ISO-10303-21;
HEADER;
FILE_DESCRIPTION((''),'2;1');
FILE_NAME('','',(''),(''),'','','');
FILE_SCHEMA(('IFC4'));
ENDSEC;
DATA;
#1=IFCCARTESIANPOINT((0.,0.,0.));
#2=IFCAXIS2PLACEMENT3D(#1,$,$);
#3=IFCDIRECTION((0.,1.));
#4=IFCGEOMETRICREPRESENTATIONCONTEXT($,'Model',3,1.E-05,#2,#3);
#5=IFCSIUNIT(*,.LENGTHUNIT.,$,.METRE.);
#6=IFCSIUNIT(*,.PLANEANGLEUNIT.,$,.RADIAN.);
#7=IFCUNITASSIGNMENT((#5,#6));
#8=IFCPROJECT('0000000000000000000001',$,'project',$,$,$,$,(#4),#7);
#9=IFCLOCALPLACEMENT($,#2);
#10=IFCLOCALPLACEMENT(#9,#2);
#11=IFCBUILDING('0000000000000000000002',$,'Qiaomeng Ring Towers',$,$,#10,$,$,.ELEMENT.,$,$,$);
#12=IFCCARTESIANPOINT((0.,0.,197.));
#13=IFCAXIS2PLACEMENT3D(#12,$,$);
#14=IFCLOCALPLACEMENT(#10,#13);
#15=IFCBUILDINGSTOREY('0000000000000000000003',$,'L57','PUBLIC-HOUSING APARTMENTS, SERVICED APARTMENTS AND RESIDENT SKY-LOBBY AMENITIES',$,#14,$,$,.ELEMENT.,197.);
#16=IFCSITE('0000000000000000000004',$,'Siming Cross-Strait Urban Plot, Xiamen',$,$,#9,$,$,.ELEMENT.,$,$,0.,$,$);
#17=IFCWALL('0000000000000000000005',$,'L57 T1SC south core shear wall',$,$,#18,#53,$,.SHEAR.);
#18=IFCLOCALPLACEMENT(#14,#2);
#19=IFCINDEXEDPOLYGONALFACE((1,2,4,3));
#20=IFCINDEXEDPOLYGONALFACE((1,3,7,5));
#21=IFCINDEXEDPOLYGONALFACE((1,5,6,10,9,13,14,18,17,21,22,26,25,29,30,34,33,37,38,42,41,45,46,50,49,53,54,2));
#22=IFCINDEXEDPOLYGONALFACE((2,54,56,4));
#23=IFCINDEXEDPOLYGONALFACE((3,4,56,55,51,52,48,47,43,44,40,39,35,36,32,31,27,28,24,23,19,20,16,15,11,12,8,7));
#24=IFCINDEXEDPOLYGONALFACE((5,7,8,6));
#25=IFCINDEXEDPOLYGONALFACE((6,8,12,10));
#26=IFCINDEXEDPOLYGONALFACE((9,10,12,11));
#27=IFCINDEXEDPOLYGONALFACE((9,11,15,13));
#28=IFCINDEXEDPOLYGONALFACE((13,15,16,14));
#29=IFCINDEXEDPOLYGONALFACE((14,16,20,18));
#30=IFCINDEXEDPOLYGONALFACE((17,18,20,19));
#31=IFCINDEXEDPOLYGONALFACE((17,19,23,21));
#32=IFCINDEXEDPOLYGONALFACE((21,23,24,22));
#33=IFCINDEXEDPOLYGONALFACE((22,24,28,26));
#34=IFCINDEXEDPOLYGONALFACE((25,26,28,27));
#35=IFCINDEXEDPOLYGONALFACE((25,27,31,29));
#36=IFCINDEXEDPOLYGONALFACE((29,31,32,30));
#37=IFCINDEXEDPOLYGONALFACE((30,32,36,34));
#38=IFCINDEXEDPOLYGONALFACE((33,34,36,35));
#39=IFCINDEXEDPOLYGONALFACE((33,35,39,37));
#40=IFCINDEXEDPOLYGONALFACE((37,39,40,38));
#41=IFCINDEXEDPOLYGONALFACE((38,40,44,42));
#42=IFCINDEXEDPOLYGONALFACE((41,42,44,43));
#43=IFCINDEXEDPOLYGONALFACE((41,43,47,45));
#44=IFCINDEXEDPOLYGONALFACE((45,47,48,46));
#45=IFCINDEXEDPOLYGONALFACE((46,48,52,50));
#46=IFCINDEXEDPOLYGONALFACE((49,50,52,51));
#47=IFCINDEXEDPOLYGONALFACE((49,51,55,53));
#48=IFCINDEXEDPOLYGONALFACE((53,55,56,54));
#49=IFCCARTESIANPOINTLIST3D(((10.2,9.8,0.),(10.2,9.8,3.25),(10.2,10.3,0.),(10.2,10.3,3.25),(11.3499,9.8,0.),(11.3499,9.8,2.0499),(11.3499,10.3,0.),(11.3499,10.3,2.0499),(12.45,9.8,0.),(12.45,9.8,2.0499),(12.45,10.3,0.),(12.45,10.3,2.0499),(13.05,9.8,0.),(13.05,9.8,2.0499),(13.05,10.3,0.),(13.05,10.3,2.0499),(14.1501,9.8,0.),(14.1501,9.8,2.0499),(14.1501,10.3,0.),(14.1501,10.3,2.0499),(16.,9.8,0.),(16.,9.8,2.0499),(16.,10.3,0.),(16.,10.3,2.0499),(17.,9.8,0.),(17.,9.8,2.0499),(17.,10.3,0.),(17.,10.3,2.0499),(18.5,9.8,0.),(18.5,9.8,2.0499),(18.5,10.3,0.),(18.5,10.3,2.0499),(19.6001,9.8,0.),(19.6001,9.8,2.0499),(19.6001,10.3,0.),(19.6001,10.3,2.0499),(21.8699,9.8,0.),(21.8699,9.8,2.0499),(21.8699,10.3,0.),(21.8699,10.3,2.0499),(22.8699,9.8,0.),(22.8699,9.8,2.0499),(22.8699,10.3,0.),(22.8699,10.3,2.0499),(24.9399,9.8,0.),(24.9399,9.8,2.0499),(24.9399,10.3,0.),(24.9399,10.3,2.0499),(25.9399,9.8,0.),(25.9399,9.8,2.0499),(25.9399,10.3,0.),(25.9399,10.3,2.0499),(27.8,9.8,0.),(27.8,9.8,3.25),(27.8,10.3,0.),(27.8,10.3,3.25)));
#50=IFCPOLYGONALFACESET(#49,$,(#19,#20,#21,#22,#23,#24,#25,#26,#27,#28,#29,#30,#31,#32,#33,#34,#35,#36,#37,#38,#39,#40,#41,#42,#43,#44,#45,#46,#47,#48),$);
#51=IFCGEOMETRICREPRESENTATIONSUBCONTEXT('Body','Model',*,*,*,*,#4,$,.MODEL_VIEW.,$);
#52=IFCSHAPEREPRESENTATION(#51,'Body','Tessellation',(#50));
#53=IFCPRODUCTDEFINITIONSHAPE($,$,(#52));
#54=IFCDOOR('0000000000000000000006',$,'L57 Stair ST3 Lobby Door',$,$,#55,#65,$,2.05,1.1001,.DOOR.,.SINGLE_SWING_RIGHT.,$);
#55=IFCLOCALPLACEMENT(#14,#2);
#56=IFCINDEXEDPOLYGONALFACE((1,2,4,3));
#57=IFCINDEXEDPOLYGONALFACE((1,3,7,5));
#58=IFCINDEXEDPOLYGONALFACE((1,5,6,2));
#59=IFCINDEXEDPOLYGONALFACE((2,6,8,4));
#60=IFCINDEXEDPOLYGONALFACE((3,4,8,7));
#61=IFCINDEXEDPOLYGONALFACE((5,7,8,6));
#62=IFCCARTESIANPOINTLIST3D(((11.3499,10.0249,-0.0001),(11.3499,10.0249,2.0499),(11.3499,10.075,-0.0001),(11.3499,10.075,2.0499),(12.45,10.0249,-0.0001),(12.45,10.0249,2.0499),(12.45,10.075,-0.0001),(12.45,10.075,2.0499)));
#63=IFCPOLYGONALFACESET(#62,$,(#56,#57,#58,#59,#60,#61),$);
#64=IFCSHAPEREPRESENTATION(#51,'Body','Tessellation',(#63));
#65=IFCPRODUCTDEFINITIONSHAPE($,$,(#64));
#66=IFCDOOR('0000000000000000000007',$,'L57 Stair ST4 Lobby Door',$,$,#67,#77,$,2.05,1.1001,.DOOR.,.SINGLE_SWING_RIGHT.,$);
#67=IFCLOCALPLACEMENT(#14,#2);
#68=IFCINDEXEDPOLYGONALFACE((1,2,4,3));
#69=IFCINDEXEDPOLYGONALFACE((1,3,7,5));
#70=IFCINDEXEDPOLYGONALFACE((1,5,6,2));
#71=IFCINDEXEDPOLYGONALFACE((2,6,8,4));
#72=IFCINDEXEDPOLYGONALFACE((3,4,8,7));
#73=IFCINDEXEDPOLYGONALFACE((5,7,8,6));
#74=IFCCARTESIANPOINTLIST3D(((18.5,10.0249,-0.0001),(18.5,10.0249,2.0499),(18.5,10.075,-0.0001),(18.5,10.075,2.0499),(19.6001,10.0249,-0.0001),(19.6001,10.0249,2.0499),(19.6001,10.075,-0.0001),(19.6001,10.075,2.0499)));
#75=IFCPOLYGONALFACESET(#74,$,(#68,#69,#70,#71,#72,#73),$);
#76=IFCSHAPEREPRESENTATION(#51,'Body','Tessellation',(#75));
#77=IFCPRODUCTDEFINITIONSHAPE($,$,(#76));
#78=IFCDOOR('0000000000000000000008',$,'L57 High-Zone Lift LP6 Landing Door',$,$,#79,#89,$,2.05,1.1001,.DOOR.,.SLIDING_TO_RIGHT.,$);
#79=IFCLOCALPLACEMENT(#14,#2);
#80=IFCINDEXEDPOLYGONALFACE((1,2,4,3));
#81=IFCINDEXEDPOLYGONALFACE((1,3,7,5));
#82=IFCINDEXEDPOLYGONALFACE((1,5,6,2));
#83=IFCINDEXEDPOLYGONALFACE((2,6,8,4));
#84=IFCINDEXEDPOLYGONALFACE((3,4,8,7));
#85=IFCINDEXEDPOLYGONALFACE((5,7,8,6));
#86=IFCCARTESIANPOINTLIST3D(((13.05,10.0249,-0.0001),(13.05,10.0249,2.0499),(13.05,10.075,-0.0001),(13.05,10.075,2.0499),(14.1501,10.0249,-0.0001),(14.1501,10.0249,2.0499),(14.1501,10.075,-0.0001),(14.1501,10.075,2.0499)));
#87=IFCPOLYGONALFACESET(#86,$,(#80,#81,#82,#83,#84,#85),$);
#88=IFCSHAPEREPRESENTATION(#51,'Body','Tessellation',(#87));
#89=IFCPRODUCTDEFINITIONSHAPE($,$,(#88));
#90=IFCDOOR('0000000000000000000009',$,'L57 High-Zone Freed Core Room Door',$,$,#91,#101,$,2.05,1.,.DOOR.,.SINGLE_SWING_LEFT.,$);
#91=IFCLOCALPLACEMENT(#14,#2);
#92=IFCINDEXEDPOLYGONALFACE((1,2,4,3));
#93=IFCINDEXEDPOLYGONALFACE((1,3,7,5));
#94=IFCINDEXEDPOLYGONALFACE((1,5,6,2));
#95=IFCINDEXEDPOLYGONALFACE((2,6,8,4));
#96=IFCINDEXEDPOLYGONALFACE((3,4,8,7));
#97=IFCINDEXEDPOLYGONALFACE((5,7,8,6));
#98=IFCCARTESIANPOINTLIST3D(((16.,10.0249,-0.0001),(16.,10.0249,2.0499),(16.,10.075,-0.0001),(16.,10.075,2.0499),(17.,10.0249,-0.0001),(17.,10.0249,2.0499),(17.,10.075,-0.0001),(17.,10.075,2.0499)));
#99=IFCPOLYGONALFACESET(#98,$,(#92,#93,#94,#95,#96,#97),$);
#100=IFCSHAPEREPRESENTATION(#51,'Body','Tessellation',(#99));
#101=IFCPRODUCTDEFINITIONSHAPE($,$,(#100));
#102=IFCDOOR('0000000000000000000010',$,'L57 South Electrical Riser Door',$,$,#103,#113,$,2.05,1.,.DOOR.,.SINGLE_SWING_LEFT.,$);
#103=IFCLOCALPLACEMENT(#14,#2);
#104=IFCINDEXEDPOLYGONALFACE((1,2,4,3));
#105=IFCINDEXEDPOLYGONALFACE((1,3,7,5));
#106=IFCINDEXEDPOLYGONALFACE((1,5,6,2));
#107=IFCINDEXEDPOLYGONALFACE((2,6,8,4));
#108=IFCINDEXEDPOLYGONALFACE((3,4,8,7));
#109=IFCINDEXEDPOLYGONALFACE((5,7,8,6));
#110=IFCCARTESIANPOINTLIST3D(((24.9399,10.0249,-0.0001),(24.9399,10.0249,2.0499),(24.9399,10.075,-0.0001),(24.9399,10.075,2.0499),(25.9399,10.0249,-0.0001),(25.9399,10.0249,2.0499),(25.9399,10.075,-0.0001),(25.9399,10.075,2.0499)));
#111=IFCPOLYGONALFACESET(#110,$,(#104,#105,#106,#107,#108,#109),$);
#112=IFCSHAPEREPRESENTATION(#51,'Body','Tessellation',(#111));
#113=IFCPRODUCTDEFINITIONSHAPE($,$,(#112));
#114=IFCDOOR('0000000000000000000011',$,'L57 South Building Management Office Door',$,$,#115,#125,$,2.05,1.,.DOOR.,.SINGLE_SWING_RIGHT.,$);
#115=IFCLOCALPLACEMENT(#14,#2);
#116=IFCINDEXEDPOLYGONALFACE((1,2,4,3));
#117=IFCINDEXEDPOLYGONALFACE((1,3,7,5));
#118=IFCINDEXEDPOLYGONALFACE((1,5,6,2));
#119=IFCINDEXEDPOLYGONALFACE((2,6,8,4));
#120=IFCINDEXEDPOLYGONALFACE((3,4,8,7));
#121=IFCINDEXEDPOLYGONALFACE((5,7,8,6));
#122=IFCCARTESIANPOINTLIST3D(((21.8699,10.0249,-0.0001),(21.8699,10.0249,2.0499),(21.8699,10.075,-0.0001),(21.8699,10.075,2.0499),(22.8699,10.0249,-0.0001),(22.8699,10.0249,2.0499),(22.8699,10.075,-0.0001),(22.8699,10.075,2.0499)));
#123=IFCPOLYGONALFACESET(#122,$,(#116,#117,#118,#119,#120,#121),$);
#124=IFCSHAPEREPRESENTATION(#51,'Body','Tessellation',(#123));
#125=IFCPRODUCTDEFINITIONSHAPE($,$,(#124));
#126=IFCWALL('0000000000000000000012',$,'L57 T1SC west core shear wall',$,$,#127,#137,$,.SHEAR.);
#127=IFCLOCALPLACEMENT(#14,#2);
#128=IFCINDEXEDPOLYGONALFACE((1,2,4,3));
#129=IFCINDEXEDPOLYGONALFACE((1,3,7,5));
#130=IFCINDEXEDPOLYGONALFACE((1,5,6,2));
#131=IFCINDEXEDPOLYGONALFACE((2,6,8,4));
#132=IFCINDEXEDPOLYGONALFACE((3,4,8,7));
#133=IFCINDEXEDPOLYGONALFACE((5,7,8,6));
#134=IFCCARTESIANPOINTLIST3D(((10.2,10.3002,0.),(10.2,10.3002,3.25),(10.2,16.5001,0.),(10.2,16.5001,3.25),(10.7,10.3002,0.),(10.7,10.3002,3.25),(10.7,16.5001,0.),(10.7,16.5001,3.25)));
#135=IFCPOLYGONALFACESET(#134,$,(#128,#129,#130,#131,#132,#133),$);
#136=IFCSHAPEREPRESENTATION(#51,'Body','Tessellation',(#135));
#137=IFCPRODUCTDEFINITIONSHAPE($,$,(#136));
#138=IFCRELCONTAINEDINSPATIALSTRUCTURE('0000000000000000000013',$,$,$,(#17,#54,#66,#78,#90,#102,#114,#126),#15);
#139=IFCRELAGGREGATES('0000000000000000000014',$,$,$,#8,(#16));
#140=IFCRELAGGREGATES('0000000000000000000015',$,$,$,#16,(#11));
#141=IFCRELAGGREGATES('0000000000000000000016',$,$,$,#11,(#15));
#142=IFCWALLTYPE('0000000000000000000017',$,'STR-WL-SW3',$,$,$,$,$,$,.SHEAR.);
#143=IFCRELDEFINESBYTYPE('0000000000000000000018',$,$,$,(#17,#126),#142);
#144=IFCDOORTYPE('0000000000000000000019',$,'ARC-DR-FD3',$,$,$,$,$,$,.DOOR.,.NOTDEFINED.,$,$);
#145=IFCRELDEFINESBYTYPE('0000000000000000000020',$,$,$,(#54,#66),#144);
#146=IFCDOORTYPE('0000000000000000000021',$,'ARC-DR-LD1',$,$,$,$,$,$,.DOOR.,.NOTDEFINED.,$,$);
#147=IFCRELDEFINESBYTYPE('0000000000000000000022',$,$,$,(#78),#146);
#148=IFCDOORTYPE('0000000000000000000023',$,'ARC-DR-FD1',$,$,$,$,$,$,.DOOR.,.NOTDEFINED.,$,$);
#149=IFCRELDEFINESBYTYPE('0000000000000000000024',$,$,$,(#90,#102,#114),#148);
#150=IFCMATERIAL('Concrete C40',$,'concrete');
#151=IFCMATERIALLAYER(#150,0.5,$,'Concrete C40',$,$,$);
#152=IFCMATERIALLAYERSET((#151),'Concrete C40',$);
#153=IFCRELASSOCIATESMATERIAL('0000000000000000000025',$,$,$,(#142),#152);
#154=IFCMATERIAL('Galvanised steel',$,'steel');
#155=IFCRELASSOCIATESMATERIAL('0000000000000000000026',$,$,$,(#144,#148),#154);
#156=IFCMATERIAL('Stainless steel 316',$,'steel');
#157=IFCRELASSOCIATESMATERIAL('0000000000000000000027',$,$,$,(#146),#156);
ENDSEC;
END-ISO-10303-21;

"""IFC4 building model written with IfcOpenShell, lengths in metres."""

from ifc_helpers import new_model, si_unit, direction, frame, frame_2d, origin, place, context, subcontext, project, spatial, rectangle, extrude, source, transform, mapped, material, layer, layer_set, type_object, element, fill, save


model = new_model("IFC4")

# Units and contexts
model_context = context("Model", 3, precision=1e-05, world=origin(), true_north=direction((0.0, 1.0)))
body_context = subcontext(model_context, "Body", "Model", "MODEL_VIEW")
ifc_project = project(units=[si_unit("LENGTHUNIT", "METRE"), si_unit("PLANEANGLEUNIT", "RADIAN")], contexts=[model_context])

# Site, building, storey
site_placement = place(None, origin())
site = spatial("IfcSite", under=ifc_project, at=site_placement, Name="Siming Cross-Strait Urban Plot, Xiamen", CompositionType="ELEMENT", RefElevation=0.0)
building_placement = place(site_placement, origin())
building = spatial("IfcBuilding", under=site, at=building_placement, Name="Qiaomeng Ring Towers", CompositionType="ELEMENT")
storey_placement = place(building_placement, frame((0.0, 0.0, 197.0)))
storey = spatial("IfcBuildingStorey", under=building, at=storey_placement, Name="L57", Description="PUBLIC-HOUSING APARTMENTS, SERVICED APARTMENTS AND RESIDENT SKY-LOBBY AMENITIES", CompositionType="ELEMENT", Elevation=197.0)

# Shared definitions
shared_shape_1 = source(origin(), body_context, "Body", "SweptSolid", [
    extrude(rectangle(XDim=1.0, YDim=2.05, at=frame_2d((0.5, 1.0249))), frame((0.0, 0.0249, 0.0), z_axis=(0.0, -1.0, 0.0), x_axis=(1.0, 0.0, 0.0)), (0.0, 0.0, 1.0), 0.05),
])

# Shared definitions
ifc_material_1 = material(Name="Concrete C40", Category="concrete")

# Wall, openings, doors
ifc_layer_1 = layer(ifc_material_1, 0.5, Name="Concrete C40")
ifc_layer_set_1 = layer_set([ifc_layer_1], Name="Concrete C40")
wall_type_1 = type_object("IfcWallType", Name="STR-WL-SW3", PredefinedType="SHEAR", material=ifc_layer_set_1)
wall_1_placement = place(storey_placement, frame((10.2, 10.05, 0.0), z_axis=(0.0, 0.0, 1.0), x_axis=(1.0, 0.0, 0.0)))
wall_1 = element("IfcWall", 1, at=wall_1_placement, inside=storey, type_object=wall_type_1, Name="L57 T1SC south core shear wall", PredefinedType="SHEAR", context=body_context, shape_type="SweptSolid", body=[
    extrude(rectangle(XDim=17.6001, YDim=0.5, at=frame_2d((8.8, 0.0))), origin(), (0.0, 0.0, 1.0), 3.25),
])
opening_1_placement = place(wall_1_placement, frame((1.1499, 0.0, 0.0)))
opening_1 = element("IfcOpeningElement", 2, at=opening_1_placement, cuts=wall_1, PredefinedType="OPENING", context=body_context, shape_type="SweptSolid", body=[
    extrude(rectangle(XDim=1.1001, YDim=2.05, at=frame_2d((0.55, 1.0249))), frame((0.0, 0.26, 0.0), z_axis=(0.0, -1.0, 0.0), x_axis=(1.0, 0.0, 0.0)), (0.0, 0.0, 1.0), 0.52),
])
opening_2_placement = place(wall_1_placement, frame((8.3, 0.0, 0.0)))
opening_2 = element("IfcOpeningElement", 3, at=opening_2_placement, cuts=wall_1, PredefinedType="OPENING", context=body_context, shape_type="SweptSolid", body=[
    extrude(rectangle(XDim=1.1001, YDim=2.05, at=frame_2d((0.55, 1.0249))), frame((0.0, 0.26, 0.0), z_axis=(0.0, -1.0, 0.0), x_axis=(1.0, 0.0, 0.0)), (0.0, 0.0, 1.0), 0.52),
])
opening_3_placement = place(wall_1_placement, frame((2.8501, 0.0, 0.0)))
opening_3 = element("IfcOpeningElement", 4, at=opening_3_placement, cuts=wall_1, PredefinedType="OPENING", context=body_context, shape_type="SweptSolid", body=[
    extrude(rectangle(XDim=1.1001, YDim=2.05, at=frame_2d((0.55, 1.0249))), frame((0.0, 0.26, 0.0), z_axis=(0.0, -1.0, 0.0), x_axis=(1.0, 0.0, 0.0)), (0.0, 0.0, 1.0), 0.52),
])
opening_4_placement = place(wall_1_placement, frame((5.8, 0.0, 0.0)))
opening_4 = element("IfcOpeningElement", 5, at=opening_4_placement, cuts=wall_1, PredefinedType="OPENING", context=body_context, shape_type="SweptSolid", body=[
    extrude(rectangle(XDim=1.0, YDim=2.05, at=frame_2d((0.5, 1.0249))), frame((0.0, 0.26, 0.0), z_axis=(0.0, -1.0, 0.0), x_axis=(1.0, 0.0, 0.0)), (0.0, 0.0, 1.0), 0.52),
])
opening_5_placement = place(wall_1_placement, frame((14.74, 0.0, 0.0)))
opening_5 = element("IfcOpeningElement", 6, at=opening_5_placement, cuts=wall_1, PredefinedType="OPENING", context=body_context, shape_type="SweptSolid", body=[
    extrude(rectangle(XDim=1.0, YDim=2.05, at=frame_2d((0.5, 1.0249))), frame((0.0, 0.26, 0.0), z_axis=(0.0, -1.0, 0.0), x_axis=(1.0, 0.0, 0.0)), (0.0, 0.0, 1.0), 0.52),
])
opening_6_placement = place(wall_1_placement, frame((11.6699, 0.0, 0.0)))
opening_6 = element("IfcOpeningElement", 7, at=opening_6_placement, cuts=wall_1, PredefinedType="OPENING", context=body_context, shape_type="SweptSolid", body=[
    extrude(rectangle(XDim=1.0, YDim=2.05, at=frame_2d((0.5, 1.0249))), frame((0.0, 0.26, 0.0), z_axis=(0.0, -1.0, 0.0), x_axis=(1.0, 0.0, 0.0)), (0.0, 0.0, 1.0), 0.52),
])
ifc_material_2 = material(Name="Galvanised steel", Category="steel")
door_type_1 = type_object("IfcDoorType", Name="ARC-DR-FD3", OperationType="NOTDEFINED", PredefinedType="DOOR", material=ifc_material_2)
shared_shape_2 = source(origin(), body_context, "Body", "SweptSolid", [
    extrude(rectangle(XDim=1.1001, YDim=2.05, at=frame_2d((0.55, 1.0249))), frame((0.0, 0.0249, 0.0), z_axis=(0.0, -1.0, 0.0), x_axis=(1.0, 0.0, 0.0)), (0.0, 0.0, 1.0), 0.05),
])
door_1_placement = place(opening_1_placement, origin())
door_1 = element("IfcDoor", 8, at=door_1_placement, inside=storey, type_object=door_type_1, Name="L57 Stair ST3 Lobby Door", OperationType="SINGLE_SWING_RIGHT", OverallHeight=2.05, OverallWidth=1.1001, PredefinedType="DOOR", context=body_context, shape_type="MappedRepresentation", body=[
    mapped(shared_shape_2, transform((0.0, 0.0, 0.0), x_axis=(1.0, 0.0, 0.0), y_axis=(0.0, 1.0, 0.0), z_axis=(0.0, 0.0, 1.0), scale=1.0)),
])
fill(opening_1, door_1)
door_2_placement = place(opening_2_placement, origin())
door_2 = element("IfcDoor", 9, at=door_2_placement, inside=storey, type_object=door_type_1, Name="L57 Stair ST4 Lobby Door", OperationType="SINGLE_SWING_RIGHT", OverallHeight=2.05, OverallWidth=1.1001, PredefinedType="DOOR", context=body_context, shape_type="MappedRepresentation", body=[
    mapped(shared_shape_2, transform((0.0, 0.0, 0.0), x_axis=(1.0, 0.0, 0.0), y_axis=(0.0, 1.0, 0.0), z_axis=(0.0, 0.0, 1.0), scale=1.0)),
])
fill(opening_2, door_2)
ifc_material_3 = material(Name="Stainless steel 316", Category="steel")
door_type_2 = type_object("IfcDoorType", Name="ARC-DR-LD1", OperationType="NOTDEFINED", PredefinedType="DOOR", material=ifc_material_3)
door_3_placement = place(opening_3_placement, origin())
door_3 = element("IfcDoor", 10, at=door_3_placement, inside=storey, type_object=door_type_2, Name="L57 High-Zone Lift LP6 Landing Door", OperationType="SLIDING_TO_RIGHT", OverallHeight=2.05, OverallWidth=1.1001, PredefinedType="DOOR", context=body_context, shape_type="MappedRepresentation", body=[
    mapped(shared_shape_2, transform((0.0, 0.0, 0.0), x_axis=(1.0, 0.0, 0.0), y_axis=(0.0, 1.0, 0.0), z_axis=(0.0, 0.0, 1.0), scale=1.0)),
])
fill(opening_3, door_3)
door_type_3 = type_object("IfcDoorType", Name="ARC-DR-FD1", OperationType="NOTDEFINED", PredefinedType="DOOR", material=ifc_material_2)
door_4_placement = place(opening_4_placement, origin())
door_4 = element("IfcDoor", 11, at=door_4_placement, inside=storey, type_object=door_type_3, Name="L57 High-Zone Freed Core Room Door", OperationType="SINGLE_SWING_LEFT", OverallHeight=2.05, OverallWidth=1.0, PredefinedType="DOOR", context=body_context, shape_type="MappedRepresentation", body=[
    mapped(shared_shape_1, transform((0.0, 0.0, 0.0), x_axis=(1.0, 0.0, 0.0), y_axis=(0.0, 1.0, 0.0), z_axis=(0.0, 0.0, 1.0), scale=1.0)),
])
fill(opening_4, door_4)
door_5_placement = place(opening_5_placement, origin())
door_5 = element("IfcDoor", 12, at=door_5_placement, inside=storey, type_object=door_type_3, Name="L57 South Electrical Riser Door", OperationType="SINGLE_SWING_LEFT", OverallHeight=2.05, OverallWidth=1.0, PredefinedType="DOOR", context=body_context, shape_type="MappedRepresentation", body=[
    mapped(shared_shape_1, transform((0.0, 0.0, 0.0), x_axis=(1.0, 0.0, 0.0), y_axis=(0.0, 1.0, 0.0), z_axis=(0.0, 0.0, 1.0), scale=1.0)),
])
fill(opening_5, door_5)
door_6_placement = place(opening_6_placement, origin())
door_6 = element("IfcDoor", 13, at=door_6_placement, inside=storey, type_object=door_type_3, Name="L57 South Building Management Office Door", OperationType="SINGLE_SWING_RIGHT", OverallHeight=2.05, OverallWidth=1.0, PredefinedType="DOOR", context=body_context, shape_type="MappedRepresentation", body=[
    mapped(shared_shape_1, transform((0.0, 0.0, 0.0), x_axis=(1.0, 0.0, 0.0), y_axis=(0.0, 1.0, 0.0), z_axis=(0.0, 0.0, 1.0), scale=1.0)),
])
fill(opening_6, door_6)

# Wall
wall_2_placement = place(storey_placement, frame((10.45, 10.3, 0.0), z_axis=(0.0, 0.0, 1.0), x_axis=(0.0, 1.0, 0.0)))
element("IfcWall", 14, at=wall_2_placement, inside=storey, type_object=wall_type_1, Name="L57 T1SC west core shear wall", PredefinedType="SHEAR", context=body_context, shape_type="SweptSolid", body=[
    extrude(rectangle(XDim=6.2, YDim=0.5, at=frame_2d((3.1001, 0.0))), origin(), (0.0, 0.0, 1.0), 3.25),
])

save(model, "model.ifc")
